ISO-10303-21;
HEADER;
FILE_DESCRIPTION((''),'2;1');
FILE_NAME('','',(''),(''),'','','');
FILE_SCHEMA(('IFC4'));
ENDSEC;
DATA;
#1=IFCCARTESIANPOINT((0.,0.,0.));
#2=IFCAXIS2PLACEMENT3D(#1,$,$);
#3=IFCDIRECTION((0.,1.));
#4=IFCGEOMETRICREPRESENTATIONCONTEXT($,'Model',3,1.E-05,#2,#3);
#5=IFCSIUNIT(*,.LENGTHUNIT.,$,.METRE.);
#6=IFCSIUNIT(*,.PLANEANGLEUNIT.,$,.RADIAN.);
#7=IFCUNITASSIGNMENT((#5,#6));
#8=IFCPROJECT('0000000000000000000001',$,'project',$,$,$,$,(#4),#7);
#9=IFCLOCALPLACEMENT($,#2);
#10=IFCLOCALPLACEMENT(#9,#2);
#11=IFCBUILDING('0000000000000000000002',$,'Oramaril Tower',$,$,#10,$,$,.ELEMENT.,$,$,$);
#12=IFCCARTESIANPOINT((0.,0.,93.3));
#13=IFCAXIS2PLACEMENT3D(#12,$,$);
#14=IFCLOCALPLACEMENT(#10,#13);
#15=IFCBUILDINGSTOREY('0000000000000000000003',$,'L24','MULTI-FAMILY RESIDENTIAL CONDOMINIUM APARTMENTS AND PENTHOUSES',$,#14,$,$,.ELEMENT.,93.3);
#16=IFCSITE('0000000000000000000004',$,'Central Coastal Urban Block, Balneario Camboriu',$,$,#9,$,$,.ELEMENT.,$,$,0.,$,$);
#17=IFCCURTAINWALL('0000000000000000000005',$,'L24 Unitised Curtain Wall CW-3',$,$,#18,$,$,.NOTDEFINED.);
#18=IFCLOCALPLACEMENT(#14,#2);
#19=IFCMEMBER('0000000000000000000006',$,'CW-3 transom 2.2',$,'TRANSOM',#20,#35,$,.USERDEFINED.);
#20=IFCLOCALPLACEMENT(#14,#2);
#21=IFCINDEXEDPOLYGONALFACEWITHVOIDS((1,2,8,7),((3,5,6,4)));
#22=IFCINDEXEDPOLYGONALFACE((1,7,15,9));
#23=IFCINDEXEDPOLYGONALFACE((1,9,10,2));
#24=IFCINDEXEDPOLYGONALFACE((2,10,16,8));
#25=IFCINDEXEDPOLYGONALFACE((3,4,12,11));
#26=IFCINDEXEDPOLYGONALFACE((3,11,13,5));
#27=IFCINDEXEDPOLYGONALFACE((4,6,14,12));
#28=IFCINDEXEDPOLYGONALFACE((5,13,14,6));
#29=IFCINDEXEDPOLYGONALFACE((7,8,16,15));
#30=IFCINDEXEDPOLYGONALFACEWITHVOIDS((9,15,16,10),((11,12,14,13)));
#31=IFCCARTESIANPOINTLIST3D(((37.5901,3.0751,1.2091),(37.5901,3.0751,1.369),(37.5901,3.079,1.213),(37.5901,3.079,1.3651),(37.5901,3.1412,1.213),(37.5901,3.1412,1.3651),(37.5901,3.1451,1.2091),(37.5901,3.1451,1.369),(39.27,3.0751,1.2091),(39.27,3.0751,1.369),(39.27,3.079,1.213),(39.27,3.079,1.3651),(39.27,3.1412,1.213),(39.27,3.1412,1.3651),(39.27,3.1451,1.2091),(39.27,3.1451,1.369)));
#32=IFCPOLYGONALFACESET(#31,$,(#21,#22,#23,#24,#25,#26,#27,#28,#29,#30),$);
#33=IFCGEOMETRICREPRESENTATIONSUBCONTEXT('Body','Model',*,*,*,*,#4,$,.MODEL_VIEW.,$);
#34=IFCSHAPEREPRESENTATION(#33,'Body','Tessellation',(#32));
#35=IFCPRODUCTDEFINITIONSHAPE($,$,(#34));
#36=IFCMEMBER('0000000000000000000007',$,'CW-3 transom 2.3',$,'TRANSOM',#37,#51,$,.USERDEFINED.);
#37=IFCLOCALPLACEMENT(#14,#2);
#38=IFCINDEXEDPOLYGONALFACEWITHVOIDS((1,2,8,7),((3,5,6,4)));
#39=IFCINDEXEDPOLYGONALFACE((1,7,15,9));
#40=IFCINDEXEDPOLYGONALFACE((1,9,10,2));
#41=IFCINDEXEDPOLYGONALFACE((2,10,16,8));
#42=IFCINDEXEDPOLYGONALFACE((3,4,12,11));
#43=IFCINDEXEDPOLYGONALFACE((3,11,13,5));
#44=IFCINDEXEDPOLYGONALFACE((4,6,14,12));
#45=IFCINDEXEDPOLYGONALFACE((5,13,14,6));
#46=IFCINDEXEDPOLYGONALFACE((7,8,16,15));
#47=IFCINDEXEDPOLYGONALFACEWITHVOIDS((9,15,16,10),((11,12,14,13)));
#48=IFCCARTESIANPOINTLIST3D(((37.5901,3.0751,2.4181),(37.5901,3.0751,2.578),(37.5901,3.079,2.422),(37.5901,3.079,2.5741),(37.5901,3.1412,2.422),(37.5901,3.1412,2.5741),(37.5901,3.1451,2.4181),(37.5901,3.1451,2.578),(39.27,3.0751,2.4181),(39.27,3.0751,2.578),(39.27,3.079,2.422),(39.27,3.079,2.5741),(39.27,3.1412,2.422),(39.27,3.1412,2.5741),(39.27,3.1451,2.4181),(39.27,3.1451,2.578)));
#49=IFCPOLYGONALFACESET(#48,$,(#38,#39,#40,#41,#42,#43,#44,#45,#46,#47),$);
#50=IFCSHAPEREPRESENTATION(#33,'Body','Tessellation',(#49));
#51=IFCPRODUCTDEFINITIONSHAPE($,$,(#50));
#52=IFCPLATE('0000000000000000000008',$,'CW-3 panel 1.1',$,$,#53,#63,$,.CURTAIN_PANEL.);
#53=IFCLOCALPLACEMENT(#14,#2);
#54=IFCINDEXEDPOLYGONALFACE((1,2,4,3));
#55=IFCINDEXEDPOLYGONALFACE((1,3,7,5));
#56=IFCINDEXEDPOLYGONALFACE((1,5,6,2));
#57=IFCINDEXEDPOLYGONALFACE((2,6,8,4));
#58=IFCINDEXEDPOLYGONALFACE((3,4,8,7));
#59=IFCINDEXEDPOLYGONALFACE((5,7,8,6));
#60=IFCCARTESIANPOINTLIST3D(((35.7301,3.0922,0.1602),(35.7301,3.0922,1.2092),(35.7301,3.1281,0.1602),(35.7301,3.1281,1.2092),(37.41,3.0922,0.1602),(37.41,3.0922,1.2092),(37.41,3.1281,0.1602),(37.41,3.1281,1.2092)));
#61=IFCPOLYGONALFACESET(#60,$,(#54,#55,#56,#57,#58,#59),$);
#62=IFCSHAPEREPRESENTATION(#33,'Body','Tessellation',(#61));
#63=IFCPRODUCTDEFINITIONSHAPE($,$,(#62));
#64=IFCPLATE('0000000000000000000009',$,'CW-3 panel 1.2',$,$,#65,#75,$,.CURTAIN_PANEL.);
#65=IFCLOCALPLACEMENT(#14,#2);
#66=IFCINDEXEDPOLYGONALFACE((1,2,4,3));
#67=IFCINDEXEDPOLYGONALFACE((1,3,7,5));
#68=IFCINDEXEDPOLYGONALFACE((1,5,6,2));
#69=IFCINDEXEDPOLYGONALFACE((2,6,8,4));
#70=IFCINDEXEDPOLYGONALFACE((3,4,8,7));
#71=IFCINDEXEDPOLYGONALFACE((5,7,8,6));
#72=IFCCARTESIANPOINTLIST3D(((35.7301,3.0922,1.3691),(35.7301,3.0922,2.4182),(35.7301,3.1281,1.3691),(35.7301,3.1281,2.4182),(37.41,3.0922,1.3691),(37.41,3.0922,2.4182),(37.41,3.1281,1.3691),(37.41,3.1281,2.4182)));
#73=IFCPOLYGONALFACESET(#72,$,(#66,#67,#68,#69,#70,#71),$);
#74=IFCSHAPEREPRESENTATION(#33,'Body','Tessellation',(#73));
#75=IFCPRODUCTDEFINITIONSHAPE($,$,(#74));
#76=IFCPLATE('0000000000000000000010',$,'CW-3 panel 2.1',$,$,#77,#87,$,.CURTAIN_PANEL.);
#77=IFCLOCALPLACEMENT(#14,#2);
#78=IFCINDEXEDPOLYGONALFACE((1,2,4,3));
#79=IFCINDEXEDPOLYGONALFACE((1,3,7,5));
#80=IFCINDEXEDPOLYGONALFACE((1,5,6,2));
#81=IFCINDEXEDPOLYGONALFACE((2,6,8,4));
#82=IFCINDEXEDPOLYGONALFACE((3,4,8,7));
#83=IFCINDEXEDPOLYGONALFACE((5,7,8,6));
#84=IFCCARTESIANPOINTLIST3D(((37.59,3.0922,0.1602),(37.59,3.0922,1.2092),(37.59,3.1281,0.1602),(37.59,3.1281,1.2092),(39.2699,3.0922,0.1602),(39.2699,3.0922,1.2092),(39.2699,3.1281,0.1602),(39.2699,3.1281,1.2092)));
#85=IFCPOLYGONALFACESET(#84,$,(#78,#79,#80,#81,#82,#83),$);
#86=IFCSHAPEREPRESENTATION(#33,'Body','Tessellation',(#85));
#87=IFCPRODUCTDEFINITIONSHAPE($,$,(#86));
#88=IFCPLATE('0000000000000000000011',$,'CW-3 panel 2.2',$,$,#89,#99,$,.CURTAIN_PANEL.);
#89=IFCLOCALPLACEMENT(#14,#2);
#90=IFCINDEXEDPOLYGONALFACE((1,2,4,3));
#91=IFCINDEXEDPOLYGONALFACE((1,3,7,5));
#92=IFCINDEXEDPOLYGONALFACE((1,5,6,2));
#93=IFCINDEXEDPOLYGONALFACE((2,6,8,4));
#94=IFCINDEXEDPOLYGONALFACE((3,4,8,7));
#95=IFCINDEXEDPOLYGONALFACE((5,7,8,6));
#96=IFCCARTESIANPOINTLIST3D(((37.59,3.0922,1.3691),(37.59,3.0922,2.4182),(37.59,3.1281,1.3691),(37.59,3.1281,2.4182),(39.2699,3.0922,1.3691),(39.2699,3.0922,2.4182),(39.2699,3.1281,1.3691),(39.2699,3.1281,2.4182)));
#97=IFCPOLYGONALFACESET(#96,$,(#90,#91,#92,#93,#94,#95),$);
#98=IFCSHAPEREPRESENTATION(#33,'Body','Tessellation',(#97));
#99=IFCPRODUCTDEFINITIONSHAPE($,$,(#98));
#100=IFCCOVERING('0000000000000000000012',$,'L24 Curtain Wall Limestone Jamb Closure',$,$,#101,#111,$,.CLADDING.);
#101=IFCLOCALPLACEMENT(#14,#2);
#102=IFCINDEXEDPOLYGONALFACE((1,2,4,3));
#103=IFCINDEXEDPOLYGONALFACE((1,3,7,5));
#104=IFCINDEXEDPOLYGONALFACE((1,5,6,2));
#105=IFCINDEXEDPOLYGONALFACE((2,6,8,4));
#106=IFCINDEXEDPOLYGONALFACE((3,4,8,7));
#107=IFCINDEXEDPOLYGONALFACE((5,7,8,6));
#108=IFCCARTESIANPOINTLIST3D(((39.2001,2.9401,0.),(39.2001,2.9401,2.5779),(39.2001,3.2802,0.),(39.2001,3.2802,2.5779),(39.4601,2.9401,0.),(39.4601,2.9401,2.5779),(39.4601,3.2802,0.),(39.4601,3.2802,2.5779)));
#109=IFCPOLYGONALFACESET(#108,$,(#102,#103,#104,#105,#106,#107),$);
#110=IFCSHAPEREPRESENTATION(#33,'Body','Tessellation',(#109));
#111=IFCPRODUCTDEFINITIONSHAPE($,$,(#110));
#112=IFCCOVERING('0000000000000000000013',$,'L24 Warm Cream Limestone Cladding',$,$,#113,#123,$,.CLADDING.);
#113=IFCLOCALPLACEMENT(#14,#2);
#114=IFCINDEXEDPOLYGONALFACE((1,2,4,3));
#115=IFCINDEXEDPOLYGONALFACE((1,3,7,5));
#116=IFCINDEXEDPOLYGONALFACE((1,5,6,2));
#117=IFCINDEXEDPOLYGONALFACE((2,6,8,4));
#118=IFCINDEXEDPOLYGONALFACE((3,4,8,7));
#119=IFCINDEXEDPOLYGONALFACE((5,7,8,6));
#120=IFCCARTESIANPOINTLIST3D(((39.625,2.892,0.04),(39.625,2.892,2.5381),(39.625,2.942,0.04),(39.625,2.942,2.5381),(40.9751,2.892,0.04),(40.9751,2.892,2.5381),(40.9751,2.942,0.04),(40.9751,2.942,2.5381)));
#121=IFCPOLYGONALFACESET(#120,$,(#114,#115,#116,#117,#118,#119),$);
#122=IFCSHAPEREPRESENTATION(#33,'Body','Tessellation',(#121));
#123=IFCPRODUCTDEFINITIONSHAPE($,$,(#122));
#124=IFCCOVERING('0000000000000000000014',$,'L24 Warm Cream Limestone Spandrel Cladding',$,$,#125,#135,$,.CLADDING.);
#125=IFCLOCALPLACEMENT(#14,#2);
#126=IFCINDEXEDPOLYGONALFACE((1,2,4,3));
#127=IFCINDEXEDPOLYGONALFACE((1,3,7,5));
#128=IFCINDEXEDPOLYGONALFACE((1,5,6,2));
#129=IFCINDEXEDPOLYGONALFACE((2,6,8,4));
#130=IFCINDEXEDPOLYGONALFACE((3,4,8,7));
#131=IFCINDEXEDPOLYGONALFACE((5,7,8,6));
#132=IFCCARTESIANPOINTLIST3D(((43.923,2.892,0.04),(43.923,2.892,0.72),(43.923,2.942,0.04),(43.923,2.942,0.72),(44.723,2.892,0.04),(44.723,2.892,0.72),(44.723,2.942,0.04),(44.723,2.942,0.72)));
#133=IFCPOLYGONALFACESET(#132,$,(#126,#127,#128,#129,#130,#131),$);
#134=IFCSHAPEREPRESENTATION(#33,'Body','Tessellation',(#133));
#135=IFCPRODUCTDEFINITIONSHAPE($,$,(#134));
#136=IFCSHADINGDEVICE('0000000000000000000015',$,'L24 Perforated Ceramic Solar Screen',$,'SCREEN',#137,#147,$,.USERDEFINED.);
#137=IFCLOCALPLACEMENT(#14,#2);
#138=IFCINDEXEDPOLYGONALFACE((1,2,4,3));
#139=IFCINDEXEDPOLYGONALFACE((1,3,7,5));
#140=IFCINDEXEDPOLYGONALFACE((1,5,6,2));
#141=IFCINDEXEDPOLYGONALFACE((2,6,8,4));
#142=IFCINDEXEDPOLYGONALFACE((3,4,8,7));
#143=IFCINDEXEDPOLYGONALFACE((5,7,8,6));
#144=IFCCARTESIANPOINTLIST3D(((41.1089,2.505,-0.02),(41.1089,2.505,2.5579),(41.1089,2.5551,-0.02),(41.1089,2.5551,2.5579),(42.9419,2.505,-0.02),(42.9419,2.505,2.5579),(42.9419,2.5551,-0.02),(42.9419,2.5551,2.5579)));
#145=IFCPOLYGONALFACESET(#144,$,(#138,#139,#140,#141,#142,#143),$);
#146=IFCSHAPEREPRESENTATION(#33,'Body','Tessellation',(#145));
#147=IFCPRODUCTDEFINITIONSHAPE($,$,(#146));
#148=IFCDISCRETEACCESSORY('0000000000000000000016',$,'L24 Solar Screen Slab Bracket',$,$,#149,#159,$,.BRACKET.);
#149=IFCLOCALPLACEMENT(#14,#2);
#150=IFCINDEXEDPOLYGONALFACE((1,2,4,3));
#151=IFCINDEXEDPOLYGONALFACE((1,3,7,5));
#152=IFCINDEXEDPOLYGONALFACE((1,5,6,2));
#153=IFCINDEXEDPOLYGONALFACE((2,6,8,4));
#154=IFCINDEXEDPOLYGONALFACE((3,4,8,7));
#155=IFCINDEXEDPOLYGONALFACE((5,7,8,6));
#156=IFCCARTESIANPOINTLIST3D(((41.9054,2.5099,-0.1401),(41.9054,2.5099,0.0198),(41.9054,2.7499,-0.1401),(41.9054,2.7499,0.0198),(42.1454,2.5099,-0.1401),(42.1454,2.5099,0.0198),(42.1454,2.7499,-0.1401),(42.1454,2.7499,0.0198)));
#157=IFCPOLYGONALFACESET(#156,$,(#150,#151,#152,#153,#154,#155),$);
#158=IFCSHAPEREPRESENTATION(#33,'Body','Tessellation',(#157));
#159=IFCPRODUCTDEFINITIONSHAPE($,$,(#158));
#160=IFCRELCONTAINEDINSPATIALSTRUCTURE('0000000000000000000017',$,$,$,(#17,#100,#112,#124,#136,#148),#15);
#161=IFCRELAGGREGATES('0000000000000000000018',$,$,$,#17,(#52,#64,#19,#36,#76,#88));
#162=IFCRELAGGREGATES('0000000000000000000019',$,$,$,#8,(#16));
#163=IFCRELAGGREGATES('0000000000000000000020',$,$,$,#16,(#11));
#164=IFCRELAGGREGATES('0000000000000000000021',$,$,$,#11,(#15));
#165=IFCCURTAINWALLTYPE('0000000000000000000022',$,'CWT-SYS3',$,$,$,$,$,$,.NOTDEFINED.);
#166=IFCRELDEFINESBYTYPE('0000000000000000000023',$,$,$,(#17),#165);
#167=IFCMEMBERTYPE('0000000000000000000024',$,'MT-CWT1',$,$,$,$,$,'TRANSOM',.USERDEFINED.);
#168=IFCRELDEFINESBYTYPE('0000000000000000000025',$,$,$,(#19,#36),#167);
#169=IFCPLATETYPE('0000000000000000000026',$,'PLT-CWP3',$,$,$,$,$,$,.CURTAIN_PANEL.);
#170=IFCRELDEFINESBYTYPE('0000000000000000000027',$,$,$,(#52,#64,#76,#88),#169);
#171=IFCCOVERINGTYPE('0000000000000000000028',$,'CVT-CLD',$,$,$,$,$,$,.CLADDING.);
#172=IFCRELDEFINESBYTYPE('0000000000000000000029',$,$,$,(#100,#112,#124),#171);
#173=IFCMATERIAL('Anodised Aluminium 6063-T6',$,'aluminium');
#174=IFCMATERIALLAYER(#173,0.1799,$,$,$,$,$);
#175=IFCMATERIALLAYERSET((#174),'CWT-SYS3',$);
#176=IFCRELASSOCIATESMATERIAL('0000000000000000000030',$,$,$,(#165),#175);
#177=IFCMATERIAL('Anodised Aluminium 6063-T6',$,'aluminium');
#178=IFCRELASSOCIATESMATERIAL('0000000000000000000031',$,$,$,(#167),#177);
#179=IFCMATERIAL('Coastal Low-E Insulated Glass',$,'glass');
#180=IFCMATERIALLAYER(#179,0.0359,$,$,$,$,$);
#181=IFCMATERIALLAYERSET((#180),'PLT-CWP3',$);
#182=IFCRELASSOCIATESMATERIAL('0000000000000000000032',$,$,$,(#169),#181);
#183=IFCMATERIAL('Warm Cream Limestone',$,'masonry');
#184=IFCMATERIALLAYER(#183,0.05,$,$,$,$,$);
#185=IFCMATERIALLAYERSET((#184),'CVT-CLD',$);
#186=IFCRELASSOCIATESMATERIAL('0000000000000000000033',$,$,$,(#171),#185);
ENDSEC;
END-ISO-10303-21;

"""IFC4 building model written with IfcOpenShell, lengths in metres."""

from ifc_helpers import new_model, si_unit, direction, frame, origin, origin_2d, place, context, subcontext, project, spatial, rectangle, hollow_rectangle, extrude, material, layer, layer_set, material_profile, profile_set, type_object, element, aggregate, save


model = new_model("IFC4")

# Units and contexts
model_context = context("Model", 3, precision=1e-05, world=origin(), true_north=direction((0.0, 1.0)))
body_context = subcontext(model_context, "Body", "Model", "MODEL_VIEW")
ifc_project = project(units=[si_unit("LENGTHUNIT", "METRE"), si_unit("PLANEANGLEUNIT", "RADIAN")], contexts=[model_context])

# Site, building, storey
site_placement = place(None, origin())
site = spatial("IfcSite", under=ifc_project, at=site_placement, Name="Central Coastal Urban Block, Balneario Camboriu", CompositionType="ELEMENT", RefElevation=0.0)
building_placement = place(site_placement, origin())
building = spatial("IfcBuilding", under=site, at=building_placement, Name="Oramaril Tower", CompositionType="ELEMENT")
storey_placement = place(building_placement, frame((0.0, 0.0, 93.3)))
storey = spatial("IfcBuildingStorey", under=building, at=storey_placement, Name="L24", Description="MULTI-FAMILY RESIDENTIAL CONDOMINIUM APARTMENTS AND PENTHOUSES", CompositionType="ELEMENT", Elevation=93.3)

# Curtain wall, members, plates
ifc_material_1 = material(Name="Anodised Aluminium 6063-T6", Category="aluminium")
ifc_layer_1 = layer(ifc_material_1, 0.1799)
ifc_layer_set_1 = layer_set([ifc_layer_1], Name="CWT-SYS3")
curtain_wall_type = type_object("IfcCurtainWallType", Name="CWT-SYS3", PredefinedType="NOTDEFINED", material=ifc_layer_set_1)
curtain_wall_placement = place(storey_placement, origin())
curtain_wall = element("IfcCurtainWall", 1, at=curtain_wall_placement, inside=storey, type_object=curtain_wall_type, Name="L24 Unitised Curtain Wall CW-3", PredefinedType="NOTDEFINED")
ifc_material_2 = material(Name="Anodised Aluminium 6063-T6", Category="aluminium")
ifc_material_profile_1 = material_profile(ifc_material_2, hollow_rectangle(XDim=0.0701, YDim=0.1599, WallThickness=0.0039, at=origin_2d()), Name="CWT160X70")
ifc_profile_set_1 = profile_set([ifc_material_profile_1], Name="Anodised Aluminium 6063-T6")
member_type_1 = type_object("IfcMemberType", Name="MT-CWT1", ElementType="TRANSOM", PredefinedType="USERDEFINED", material=ifc_profile_set_1)
member_1_placement = place(storey_placement, frame((37.5901, 3.1101, 1.2891), z_axis=(1.0, 0.0, 0.0), x_axis=(0.0, 1.0, 0.0)))
member_1 = element("IfcMember", 2, at=member_1_placement, type_object=member_type_1, Name="CW-3 transom 2.2", ObjectType="TRANSOM", PredefinedType="USERDEFINED", context=body_context, shape_type="SweptSolid", body=[
    extrude(hollow_rectangle(XDim=0.0701, YDim=0.1599, WallThickness=0.0039, at=origin_2d()), origin(), (0.0, 0.0, 1.0), 1.6799),
])
member_2_placement = place(storey_placement, frame((37.5901, 3.1101, 2.498), z_axis=(1.0, 0.0, 0.0), x_axis=(0.0, 1.0, 0.0)))
member_2 = element("IfcMember", 3, at=member_2_placement, type_object=member_type_1, Name="CW-3 transom 2.3", ObjectType="TRANSOM", PredefinedType="USERDEFINED", context=body_context, shape_type="SweptSolid", body=[
    extrude(hollow_rectangle(XDim=0.0701, YDim=0.1599, WallThickness=0.0039, at=origin_2d()), origin(), (0.0, 0.0, 1.0), 1.6799),
])
ifc_material_3 = material(Name="Coastal Low-E Insulated Glass", Category="glass")
ifc_layer_2 = layer(ifc_material_3, 0.0359)
ifc_layer_set_2 = layer_set([ifc_layer_2], Name="PLT-CWP3")
plate_type = type_object("IfcPlateType", Name="PLT-CWP3", PredefinedType="CURTAIN_PANEL", material=ifc_layer_set_2)
plate_1_placement = place(storey_placement, frame((36.5701, 3.1101, 0.1602), z_axis=(0.0, 0.0, 1.0), x_axis=(1.0, 0.0, 0.0)))
plate_1 = element("IfcPlate", 4, at=plate_1_placement, type_object=plate_type, Name="CW-3 panel 1.1", PredefinedType="CURTAIN_PANEL", context=body_context, shape_type="SweptSolid", body=[
    extrude(rectangle(XDim=1.6799, YDim=0.0359, at=origin_2d()), origin(), (0.0, 0.0, 1.0), 1.0491),
])
plate_2_placement = place(storey_placement, frame((36.5701, 3.1101, 1.3691), z_axis=(0.0, 0.0, 1.0), x_axis=(1.0, 0.0, 0.0)))
plate_2 = element("IfcPlate", 5, at=plate_2_placement, type_object=plate_type, Name="CW-3 panel 1.2", PredefinedType="CURTAIN_PANEL", context=body_context, shape_type="SweptSolid", body=[
    extrude(rectangle(XDim=1.6799, YDim=0.0359, at=origin_2d()), origin(), (0.0, 0.0, 1.0), 1.0491),
])
plate_3_placement = place(storey_placement, frame((38.4299, 3.1101, 0.1602), z_axis=(0.0, 0.0, 1.0), x_axis=(1.0, 0.0, 0.0)))
plate_3 = element("IfcPlate", 6, at=plate_3_placement, type_object=plate_type, Name="CW-3 panel 2.1", PredefinedType="CURTAIN_PANEL", context=body_context, shape_type="SweptSolid", body=[
    extrude(rectangle(XDim=1.6799, YDim=0.0359, at=origin_2d()), origin(), (0.0, 0.0, 1.0), 1.0491),
])
plate_4_placement = place(storey_placement, frame((38.4299, 3.1101, 1.3691), z_axis=(0.0, 0.0, 1.0), x_axis=(1.0, 0.0, 0.0)))
plate_4 = element("IfcPlate", 7, at=plate_4_placement, type_object=plate_type, Name="CW-3 panel 2.2", PredefinedType="CURTAIN_PANEL", context=body_context, shape_type="SweptSolid", body=[
    extrude(rectangle(XDim=1.6799, YDim=0.0359, at=origin_2d()), origin(), (0.0, 0.0, 1.0), 1.0491),
])
aggregate(curtain_wall, [plate_1, plate_2, member_1, member_2, plate_3, plate_4])

# Coverings
ifc_material_4 = material(Name="Warm Cream Limestone", Category="masonry")
ifc_layer_3 = layer(ifc_material_4, 0.05)
ifc_layer_set_3 = layer_set([ifc_layer_3], Name="CVT-CLD")
covering_type = type_object("IfcCoveringType", Name="CVT-CLD", PredefinedType="CLADDING", material=ifc_layer_set_3)
covering_1_placement = place(storey_placement, frame((39.3301, 3.1101, 0.0), z_axis=(0.0, 0.0, 1.0), x_axis=(1.0, 0.0, 0.0)))
element("IfcCovering", 8, at=covering_1_placement, inside=storey, type_object=covering_type, Name="L24 Curtain Wall Limestone Jamb Closure", PredefinedType="CLADDING", context=body_context, shape_type="SweptSolid", body=[
    extrude(rectangle(XDim=0.26, YDim=0.3401, at=origin_2d()), origin(), (0.0, 0.0, 1.0), 2.5779),
])
covering_2_placement = place(storey_placement, frame((40.3, 2.917, 0.04), z_axis=(0.0, 0.0, 1.0), x_axis=(1.0, 0.0, 0.0)))
element("IfcCovering", 9, at=covering_2_placement, inside=storey, type_object=covering_type, Name="L24 Warm Cream Limestone Cladding", PredefinedType="CLADDING", context=body_context, shape_type="SweptSolid", body=[
    extrude(rectangle(XDim=1.3501, YDim=0.05, at=origin_2d()), origin(), (0.0, 0.0, 1.0), 2.498),
])
covering_3_placement = place(storey_placement, frame((44.323, 2.917, 0.04), z_axis=(0.0, 0.0, 1.0), x_axis=(1.0, 0.0, 0.0)))
element("IfcCovering", 10, at=covering_3_placement, inside=storey, type_object=covering_type, Name="L24 Warm Cream Limestone Spandrel Cladding", PredefinedType="CLADDING", context=body_context, shape_type="SweptSolid", body=[
    extrude(rectangle(XDim=0.8, YDim=0.05, at=origin_2d()), origin(), (0.0, 0.0, 1.0), 0.6799),
])

# Shading device
shading_device_placement = place(storey_placement, frame((42.0254, 2.53, -0.02), z_axis=(0.0, 0.0, 1.0), x_axis=(1.0, 0.0, 0.0)))
element("IfcShadingDevice", 11, at=shading_device_placement, inside=storey, Name="L24 Perforated Ceramic Solar Screen", ObjectType="SCREEN", PredefinedType="USERDEFINED", context=body_context, shape_type="SweptSolid", body=[
    extrude(rectangle(XDim=1.833, YDim=0.05, at=origin_2d()), origin(), (0.0, 0.0, 1.0), 2.5779),
])

# Discrete accessory
discrete_accessory_placement = place(storey_placement, frame((42.0254, 2.6299, -0.1401), z_axis=(0.0, 0.0, 1.0), x_axis=(1.0, 0.0, 0.0)))
element("IfcDiscreteAccessory", 12, at=discrete_accessory_placement, inside=storey, Name="L24 Solar Screen Slab Bracket", PredefinedType="BRACKET", context=body_context, shape_type="SweptSolid", body=[
    extrude(rectangle(XDim=0.24, YDim=0.24, at=origin_2d()), origin(), (0.0, 0.0, 1.0), 0.1599),
])

save(model, "model.ifc")
